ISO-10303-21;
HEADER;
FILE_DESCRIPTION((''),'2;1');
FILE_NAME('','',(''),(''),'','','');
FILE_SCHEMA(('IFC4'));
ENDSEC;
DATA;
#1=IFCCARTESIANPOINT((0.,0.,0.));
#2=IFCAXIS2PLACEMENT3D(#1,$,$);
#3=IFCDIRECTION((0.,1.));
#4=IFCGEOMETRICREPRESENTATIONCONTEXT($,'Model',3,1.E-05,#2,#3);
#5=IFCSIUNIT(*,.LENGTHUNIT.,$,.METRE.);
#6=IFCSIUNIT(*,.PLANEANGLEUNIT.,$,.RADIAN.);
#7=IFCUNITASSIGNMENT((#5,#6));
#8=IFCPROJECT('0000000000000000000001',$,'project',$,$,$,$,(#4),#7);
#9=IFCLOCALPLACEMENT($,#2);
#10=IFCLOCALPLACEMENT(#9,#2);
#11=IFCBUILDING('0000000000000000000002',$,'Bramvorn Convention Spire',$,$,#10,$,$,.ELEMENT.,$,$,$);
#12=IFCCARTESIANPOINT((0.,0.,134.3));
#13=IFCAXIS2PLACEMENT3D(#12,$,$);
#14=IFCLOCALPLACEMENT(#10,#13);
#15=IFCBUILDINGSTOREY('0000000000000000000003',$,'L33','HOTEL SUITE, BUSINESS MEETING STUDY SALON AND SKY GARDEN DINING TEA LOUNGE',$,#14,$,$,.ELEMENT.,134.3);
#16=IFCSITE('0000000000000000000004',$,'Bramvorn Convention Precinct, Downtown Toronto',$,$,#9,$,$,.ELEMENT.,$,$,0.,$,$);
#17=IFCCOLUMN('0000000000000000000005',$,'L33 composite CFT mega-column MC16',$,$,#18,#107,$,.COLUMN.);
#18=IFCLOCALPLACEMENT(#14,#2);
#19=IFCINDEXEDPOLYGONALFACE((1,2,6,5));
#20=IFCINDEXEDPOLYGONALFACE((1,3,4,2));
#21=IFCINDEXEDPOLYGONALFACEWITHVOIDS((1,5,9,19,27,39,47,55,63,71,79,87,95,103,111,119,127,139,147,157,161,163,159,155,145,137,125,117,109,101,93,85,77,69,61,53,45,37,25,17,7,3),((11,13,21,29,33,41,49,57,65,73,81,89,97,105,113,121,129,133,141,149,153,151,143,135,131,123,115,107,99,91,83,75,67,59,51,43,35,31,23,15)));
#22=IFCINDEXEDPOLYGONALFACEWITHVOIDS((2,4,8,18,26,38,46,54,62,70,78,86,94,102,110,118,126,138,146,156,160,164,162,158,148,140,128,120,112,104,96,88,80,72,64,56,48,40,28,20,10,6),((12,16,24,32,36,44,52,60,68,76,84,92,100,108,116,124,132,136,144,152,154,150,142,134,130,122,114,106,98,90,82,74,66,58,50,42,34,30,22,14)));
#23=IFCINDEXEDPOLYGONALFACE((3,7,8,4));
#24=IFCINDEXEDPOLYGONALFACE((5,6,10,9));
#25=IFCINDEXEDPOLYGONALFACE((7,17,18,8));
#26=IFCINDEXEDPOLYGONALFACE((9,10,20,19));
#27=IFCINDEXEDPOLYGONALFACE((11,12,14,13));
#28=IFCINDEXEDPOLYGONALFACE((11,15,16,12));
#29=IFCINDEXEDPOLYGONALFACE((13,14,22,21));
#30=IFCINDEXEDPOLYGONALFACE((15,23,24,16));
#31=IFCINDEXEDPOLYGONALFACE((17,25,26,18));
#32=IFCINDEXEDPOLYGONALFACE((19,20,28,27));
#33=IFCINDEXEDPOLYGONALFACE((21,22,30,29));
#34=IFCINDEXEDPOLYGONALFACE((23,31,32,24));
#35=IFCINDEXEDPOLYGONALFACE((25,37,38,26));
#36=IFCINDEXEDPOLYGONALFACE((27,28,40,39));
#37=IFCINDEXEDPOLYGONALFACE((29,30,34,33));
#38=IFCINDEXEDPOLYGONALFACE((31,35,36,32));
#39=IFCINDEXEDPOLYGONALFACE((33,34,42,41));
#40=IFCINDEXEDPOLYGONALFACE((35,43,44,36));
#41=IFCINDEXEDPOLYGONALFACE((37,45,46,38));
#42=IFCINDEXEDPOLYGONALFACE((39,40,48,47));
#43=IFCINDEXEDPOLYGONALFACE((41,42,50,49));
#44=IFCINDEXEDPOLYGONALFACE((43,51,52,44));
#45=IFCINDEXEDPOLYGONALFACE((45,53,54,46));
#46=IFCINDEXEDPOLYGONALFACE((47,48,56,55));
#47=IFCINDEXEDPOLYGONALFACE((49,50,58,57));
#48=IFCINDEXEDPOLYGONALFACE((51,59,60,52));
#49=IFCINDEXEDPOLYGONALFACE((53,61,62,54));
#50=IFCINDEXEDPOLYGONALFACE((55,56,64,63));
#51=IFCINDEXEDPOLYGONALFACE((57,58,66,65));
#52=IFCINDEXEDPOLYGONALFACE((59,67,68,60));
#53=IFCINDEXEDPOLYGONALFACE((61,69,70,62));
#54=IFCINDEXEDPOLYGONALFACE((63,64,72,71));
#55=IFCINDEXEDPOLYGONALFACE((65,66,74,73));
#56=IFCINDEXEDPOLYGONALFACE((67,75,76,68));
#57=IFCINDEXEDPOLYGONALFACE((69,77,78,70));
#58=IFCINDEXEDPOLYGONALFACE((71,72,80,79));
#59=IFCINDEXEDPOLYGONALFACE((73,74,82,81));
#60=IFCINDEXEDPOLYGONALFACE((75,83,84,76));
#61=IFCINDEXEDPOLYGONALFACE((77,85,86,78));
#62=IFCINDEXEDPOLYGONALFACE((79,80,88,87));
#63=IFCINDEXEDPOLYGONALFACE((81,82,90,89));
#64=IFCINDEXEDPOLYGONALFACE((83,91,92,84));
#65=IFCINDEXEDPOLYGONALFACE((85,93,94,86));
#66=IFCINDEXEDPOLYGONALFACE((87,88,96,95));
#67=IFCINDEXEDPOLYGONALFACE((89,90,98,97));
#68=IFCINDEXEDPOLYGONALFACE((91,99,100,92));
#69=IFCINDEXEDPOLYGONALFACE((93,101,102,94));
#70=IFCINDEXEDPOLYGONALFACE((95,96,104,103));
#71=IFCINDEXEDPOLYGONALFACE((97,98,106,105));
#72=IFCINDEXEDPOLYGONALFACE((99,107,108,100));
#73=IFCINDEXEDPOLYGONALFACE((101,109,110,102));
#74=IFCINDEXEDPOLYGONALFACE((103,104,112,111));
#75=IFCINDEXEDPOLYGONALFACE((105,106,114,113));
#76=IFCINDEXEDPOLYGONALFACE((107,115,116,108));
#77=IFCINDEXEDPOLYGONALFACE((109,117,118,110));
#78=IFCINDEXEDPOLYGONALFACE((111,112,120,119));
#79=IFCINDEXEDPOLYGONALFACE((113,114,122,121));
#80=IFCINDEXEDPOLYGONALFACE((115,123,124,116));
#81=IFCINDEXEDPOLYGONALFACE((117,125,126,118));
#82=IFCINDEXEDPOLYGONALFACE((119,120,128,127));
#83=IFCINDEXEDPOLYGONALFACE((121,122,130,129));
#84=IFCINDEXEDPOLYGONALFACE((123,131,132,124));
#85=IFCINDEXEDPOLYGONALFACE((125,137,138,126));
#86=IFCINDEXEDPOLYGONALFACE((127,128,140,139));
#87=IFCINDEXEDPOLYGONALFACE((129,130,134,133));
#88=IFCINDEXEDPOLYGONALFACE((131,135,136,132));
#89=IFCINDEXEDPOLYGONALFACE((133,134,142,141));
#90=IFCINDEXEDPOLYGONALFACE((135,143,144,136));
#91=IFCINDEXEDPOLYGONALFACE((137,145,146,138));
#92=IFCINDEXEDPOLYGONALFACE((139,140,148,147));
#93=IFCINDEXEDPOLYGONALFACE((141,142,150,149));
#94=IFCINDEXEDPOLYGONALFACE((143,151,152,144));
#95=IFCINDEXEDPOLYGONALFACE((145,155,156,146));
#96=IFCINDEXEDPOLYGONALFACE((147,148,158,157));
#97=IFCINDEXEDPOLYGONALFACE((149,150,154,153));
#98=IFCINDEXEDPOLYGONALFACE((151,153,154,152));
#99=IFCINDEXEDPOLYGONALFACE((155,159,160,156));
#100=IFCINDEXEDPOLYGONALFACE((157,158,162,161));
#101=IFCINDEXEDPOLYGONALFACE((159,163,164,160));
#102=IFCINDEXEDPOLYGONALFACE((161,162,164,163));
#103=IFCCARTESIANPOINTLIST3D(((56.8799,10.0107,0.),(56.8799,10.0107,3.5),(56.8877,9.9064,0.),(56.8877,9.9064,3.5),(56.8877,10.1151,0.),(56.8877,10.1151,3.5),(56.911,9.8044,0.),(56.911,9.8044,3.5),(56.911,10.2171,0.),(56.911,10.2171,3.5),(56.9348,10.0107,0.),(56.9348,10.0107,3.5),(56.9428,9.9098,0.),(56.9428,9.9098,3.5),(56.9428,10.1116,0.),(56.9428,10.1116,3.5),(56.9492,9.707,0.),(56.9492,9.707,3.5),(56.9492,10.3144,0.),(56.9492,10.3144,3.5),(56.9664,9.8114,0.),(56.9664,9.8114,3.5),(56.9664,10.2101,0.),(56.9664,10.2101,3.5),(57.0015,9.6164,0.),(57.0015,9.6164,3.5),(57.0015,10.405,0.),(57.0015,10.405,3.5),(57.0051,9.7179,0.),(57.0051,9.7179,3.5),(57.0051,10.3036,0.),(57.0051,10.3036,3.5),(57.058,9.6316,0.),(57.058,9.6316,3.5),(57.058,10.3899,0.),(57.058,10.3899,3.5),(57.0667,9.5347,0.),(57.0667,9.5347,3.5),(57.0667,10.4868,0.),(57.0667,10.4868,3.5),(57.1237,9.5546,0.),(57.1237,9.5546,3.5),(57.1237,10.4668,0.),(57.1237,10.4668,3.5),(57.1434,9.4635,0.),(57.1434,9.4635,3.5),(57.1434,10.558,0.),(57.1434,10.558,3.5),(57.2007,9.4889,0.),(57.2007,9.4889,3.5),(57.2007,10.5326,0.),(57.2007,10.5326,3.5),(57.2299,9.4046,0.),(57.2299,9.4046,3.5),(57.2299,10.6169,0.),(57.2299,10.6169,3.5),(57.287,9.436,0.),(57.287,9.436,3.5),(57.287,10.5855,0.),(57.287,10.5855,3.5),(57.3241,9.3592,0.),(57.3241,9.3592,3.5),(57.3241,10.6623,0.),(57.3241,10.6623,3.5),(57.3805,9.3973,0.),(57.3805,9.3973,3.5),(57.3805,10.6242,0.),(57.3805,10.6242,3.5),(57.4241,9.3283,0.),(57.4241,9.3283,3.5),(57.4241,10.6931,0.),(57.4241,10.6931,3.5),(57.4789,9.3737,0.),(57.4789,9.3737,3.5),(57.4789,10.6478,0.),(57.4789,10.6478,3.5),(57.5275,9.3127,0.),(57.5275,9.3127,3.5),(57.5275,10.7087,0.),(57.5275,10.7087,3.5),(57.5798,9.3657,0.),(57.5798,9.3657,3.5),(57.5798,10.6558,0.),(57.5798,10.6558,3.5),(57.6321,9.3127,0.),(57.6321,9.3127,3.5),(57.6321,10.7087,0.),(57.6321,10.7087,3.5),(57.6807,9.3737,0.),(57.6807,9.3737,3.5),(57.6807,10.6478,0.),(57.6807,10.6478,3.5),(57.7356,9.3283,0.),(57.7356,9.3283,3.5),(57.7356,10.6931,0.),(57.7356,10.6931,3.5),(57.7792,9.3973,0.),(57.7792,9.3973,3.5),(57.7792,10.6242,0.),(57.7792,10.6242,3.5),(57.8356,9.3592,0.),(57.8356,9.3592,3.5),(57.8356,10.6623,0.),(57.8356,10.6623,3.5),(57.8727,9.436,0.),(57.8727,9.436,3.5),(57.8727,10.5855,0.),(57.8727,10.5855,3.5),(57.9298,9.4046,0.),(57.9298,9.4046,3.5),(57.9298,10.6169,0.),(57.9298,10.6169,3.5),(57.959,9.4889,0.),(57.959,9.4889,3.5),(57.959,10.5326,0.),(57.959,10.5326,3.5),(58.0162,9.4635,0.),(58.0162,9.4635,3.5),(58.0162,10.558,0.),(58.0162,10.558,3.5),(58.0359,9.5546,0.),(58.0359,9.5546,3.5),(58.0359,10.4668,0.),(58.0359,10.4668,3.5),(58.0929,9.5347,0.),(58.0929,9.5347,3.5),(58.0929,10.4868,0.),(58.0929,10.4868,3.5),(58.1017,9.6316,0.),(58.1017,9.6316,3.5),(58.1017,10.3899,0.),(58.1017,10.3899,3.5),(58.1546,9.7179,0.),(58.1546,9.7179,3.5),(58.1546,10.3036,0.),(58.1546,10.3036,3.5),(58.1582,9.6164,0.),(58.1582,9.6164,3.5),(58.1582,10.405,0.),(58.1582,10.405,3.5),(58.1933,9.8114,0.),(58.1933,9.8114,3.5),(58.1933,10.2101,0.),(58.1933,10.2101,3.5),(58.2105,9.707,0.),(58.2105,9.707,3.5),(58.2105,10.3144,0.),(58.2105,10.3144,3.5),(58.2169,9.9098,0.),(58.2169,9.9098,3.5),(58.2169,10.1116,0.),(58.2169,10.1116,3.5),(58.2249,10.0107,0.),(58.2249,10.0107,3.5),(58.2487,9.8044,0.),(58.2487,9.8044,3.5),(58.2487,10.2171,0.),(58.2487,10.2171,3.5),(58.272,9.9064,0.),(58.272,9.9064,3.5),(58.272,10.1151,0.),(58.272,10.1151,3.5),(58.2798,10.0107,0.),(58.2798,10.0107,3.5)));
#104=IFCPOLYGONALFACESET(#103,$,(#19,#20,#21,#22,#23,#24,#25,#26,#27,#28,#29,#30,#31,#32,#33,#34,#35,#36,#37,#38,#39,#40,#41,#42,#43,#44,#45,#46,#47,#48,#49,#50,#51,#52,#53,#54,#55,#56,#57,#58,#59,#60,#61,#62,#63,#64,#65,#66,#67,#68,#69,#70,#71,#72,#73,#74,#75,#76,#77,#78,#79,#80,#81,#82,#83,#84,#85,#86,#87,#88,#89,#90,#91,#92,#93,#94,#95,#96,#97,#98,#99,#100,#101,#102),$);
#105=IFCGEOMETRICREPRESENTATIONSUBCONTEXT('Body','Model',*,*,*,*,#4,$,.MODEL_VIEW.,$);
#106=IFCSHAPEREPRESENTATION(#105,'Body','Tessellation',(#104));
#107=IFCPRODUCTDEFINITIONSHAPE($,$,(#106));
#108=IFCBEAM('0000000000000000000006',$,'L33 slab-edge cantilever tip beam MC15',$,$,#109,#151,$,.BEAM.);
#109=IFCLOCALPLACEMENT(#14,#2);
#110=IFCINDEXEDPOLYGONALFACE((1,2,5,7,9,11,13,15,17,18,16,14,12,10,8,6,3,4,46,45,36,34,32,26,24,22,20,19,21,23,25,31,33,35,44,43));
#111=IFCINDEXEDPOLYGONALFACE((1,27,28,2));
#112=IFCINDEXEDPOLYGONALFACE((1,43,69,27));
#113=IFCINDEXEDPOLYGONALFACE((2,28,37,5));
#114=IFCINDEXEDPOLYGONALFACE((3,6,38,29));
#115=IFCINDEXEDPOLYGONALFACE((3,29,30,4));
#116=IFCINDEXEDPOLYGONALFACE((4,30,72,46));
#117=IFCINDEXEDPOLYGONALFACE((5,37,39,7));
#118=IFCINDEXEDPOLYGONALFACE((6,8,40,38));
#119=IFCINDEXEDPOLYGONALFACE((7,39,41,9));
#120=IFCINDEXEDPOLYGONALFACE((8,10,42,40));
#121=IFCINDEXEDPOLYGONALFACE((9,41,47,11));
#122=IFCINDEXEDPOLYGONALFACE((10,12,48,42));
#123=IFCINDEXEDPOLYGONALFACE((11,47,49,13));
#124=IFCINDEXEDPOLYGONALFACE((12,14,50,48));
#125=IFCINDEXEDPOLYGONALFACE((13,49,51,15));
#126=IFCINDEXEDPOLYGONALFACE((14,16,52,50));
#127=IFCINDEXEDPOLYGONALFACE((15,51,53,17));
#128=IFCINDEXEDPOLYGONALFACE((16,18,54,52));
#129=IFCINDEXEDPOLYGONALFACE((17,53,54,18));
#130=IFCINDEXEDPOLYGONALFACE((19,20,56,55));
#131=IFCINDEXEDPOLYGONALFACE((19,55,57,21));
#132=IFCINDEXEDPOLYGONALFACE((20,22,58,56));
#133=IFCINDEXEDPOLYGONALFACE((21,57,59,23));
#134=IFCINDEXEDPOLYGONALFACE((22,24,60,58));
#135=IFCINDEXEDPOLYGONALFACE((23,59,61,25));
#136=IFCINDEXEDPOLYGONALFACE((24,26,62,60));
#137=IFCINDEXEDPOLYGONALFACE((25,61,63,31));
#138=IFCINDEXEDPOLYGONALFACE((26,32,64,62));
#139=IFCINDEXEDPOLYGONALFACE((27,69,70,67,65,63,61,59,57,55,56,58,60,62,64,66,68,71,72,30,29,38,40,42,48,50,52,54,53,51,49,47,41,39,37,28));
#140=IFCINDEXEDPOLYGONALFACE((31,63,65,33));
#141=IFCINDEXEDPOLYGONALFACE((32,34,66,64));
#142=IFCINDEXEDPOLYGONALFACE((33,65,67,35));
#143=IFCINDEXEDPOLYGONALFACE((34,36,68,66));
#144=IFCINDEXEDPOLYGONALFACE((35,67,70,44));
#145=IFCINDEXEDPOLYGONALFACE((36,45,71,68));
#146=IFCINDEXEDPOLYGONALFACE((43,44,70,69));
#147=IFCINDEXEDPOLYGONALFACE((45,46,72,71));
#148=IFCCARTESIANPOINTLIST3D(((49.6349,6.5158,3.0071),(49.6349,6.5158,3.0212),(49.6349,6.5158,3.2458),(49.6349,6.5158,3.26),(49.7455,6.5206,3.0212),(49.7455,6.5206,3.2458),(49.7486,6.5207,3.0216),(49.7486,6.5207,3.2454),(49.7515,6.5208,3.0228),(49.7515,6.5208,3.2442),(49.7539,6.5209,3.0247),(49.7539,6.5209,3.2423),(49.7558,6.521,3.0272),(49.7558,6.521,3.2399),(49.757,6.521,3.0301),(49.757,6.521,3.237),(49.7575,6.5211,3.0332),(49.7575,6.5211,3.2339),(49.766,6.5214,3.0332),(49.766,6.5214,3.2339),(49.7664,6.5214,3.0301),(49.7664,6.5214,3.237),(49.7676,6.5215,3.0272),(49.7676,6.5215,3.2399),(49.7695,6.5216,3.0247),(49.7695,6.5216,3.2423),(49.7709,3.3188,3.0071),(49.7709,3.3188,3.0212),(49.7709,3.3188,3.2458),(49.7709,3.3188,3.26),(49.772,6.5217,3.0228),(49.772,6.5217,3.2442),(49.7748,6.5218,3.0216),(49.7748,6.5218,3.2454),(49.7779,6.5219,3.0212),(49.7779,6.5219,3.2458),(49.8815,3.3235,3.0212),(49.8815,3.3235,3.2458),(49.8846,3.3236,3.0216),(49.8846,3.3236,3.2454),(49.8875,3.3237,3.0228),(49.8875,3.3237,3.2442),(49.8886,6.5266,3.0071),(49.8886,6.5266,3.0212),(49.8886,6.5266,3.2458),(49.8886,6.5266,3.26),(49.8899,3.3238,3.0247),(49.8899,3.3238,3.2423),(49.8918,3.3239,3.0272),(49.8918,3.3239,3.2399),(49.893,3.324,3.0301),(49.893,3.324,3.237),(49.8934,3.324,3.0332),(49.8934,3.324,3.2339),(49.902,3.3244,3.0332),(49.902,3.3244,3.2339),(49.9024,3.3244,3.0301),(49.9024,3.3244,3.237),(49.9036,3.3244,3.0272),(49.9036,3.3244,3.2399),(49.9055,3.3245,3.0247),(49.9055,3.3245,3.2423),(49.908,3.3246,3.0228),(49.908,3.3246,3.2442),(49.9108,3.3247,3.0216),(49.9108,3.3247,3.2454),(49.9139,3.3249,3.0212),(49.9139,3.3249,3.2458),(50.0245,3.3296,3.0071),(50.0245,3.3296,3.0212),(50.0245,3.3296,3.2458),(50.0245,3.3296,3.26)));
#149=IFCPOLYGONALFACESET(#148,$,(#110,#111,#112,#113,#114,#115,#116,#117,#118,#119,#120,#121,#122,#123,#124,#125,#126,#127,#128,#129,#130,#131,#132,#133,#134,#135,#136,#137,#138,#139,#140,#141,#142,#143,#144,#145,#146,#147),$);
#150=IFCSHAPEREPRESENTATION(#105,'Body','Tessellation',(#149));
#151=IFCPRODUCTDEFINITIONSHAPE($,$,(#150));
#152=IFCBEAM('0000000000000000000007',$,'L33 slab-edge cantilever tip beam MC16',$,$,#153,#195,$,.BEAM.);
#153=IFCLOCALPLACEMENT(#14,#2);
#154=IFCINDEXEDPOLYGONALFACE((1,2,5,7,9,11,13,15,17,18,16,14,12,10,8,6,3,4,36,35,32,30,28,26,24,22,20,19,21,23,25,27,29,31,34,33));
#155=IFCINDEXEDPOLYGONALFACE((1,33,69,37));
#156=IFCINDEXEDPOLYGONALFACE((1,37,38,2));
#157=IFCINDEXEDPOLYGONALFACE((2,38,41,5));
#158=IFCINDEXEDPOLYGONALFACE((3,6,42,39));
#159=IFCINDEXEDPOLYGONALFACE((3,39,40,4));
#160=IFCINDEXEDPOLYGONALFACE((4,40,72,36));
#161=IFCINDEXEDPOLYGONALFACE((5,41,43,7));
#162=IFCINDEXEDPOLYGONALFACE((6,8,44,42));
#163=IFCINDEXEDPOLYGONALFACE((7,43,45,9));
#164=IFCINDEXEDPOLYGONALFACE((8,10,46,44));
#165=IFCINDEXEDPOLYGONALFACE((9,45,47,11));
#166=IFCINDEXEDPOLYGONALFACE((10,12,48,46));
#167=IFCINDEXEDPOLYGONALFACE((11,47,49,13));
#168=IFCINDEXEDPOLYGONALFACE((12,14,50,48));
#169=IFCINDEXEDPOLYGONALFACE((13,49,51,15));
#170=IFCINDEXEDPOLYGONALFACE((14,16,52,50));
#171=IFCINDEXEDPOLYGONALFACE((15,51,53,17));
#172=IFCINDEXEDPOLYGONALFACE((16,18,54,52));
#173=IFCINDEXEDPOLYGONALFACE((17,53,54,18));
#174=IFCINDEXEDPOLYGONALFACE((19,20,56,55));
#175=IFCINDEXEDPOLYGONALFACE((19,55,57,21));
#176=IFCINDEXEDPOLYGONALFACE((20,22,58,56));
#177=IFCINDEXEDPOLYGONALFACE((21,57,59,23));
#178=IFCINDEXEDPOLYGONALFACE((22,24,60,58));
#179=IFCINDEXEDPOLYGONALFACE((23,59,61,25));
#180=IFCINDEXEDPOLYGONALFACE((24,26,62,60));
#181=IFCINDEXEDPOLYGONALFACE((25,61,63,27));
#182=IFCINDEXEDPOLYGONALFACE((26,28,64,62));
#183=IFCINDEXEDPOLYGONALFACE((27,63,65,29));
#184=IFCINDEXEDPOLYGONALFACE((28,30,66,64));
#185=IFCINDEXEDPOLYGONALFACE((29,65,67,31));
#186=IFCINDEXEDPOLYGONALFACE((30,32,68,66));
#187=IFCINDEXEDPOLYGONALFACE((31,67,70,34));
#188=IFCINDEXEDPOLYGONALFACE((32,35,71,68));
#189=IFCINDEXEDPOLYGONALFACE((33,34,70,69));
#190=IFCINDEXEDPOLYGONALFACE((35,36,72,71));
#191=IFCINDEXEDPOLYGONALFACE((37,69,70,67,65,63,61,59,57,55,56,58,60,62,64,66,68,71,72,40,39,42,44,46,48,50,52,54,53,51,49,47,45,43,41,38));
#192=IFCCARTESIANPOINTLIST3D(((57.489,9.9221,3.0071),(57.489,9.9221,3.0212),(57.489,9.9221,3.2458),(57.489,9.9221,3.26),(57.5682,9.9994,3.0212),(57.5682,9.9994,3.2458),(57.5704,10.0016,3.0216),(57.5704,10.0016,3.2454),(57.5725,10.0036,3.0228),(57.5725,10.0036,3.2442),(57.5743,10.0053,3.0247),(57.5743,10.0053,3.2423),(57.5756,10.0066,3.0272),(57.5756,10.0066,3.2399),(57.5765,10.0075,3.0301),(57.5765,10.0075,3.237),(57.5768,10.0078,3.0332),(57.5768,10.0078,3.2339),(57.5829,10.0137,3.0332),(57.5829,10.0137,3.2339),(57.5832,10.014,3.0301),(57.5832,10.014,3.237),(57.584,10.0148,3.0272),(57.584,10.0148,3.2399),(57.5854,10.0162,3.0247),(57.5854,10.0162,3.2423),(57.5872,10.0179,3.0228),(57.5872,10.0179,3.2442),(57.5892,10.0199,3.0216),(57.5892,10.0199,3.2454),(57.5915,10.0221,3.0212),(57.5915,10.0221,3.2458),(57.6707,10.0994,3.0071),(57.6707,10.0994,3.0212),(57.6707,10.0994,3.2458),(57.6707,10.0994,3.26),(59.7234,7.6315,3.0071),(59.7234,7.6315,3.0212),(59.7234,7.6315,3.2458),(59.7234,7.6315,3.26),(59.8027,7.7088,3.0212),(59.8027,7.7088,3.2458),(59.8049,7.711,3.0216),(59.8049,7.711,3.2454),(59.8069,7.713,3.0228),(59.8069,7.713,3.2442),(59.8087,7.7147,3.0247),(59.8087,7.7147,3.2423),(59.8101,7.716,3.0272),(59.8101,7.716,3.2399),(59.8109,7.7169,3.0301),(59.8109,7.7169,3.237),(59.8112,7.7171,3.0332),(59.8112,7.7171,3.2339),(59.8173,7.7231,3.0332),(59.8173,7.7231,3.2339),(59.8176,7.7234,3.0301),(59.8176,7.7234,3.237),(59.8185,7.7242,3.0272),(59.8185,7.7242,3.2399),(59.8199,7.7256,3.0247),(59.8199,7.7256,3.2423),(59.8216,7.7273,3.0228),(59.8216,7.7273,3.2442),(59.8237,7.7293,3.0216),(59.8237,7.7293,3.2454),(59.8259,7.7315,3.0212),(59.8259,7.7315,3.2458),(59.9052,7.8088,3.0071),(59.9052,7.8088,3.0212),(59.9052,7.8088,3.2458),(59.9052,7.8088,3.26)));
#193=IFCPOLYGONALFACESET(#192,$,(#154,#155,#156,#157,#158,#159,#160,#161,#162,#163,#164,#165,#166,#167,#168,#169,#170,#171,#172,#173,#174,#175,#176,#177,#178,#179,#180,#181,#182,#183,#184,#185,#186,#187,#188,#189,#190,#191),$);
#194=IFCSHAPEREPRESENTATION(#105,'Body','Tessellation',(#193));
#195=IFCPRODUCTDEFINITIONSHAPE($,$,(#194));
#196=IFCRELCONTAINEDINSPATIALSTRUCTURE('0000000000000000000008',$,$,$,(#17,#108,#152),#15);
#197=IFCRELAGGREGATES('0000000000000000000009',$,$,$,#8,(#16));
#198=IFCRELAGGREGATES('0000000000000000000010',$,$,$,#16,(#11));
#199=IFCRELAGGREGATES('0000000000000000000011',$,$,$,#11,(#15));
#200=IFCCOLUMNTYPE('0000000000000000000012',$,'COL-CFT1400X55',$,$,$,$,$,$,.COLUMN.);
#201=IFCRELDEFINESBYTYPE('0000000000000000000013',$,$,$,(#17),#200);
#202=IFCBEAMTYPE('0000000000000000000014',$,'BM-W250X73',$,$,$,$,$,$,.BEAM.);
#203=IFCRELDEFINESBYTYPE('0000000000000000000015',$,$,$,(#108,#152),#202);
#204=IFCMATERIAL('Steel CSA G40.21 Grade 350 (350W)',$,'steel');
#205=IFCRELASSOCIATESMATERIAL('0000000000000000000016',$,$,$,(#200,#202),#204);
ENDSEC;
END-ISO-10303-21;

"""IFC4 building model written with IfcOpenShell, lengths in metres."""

from ifc_helpers import new_model, si_unit, direction, frame, origin, origin_2d, place, context, subcontext, project, spatial, hollow_circle, i_section, extrude, material, material_profile, profile_set, type_object, element, save


model = new_model("IFC4")

# Units and contexts
model_context = context("Model", 3, precision=1e-05, world=origin(), true_north=direction((0.0, 1.0)))
body_context = subcontext(model_context, "Body", "Model", "MODEL_VIEW")
ifc_project = project(units=[si_unit("LENGTHUNIT", "METRE"), si_unit("PLANEANGLEUNIT", "RADIAN")], contexts=[model_context])

# Site, building, storey
site_placement = place(None, origin())
site = spatial("IfcSite", under=ifc_project, at=site_placement, Name="Bramvorn Convention Precinct, Downtown Toronto", CompositionType="ELEMENT", RefElevation=0.0)
building_placement = place(site_placement, origin())
building = spatial("IfcBuilding", under=site, at=building_placement, Name="Bramvorn Convention Spire", CompositionType="ELEMENT")
storey_placement = place(building_placement, frame((0.0, 0.0, 134.3)))
storey = spatial("IfcBuildingStorey", under=building, at=storey_placement, Name="L33", Description="HOTEL SUITE, BUSINESS MEETING STUDY SALON AND SKY GARDEN DINING TEA LOUNGE", CompositionType="ELEMENT", Elevation=134.3)

# Column
ifc_material_1 = material(Name="Steel CSA G40.21 Grade 350 (350W)", Category="steel")
ifc_material_profile_1 = material_profile(ifc_material_1, hollow_circle(Radius=0.7, WallThickness=0.0549, at=origin_2d()))
ifc_profile_set_1 = profile_set([ifc_material_profile_1], Name="Steel CSA G40.21 Grade 350 (350W) - CFT1400X55")
column_type = type_object("IfcColumnType", Name="COL-CFT1400X55", PredefinedType="COLUMN", material=ifc_profile_set_1)
for number, where, z_axis, x_axis, name in (
    (1, (57.5798, 10.0107, 0.0), (0.0, 0.0, 1.0), (1.0, 0.0, 0.0), "L33 composite CFT mega-column MC16"),
):
    element("IfcColumn", number, at=place(storey_placement, frame(where, z_axis=z_axis, x_axis=x_axis)), inside=storey, type_object=column_type, Name=name, PredefinedType="COLUMN", context=body_context, shape_type="SweptSolid", body=[
        extrude(hollow_circle(Radius=0.7, WallThickness=0.0549, at=origin_2d()), origin(), (0.0, 0.0, 1.0), 3.5),
    ])

# Beams
ifc_material_profile_2 = material_profile(ifc_material_1, i_section(OverallWidth=0.2539, OverallDepth=0.2529, WebThickness=0.0085, FlangeThickness=0.0142, FilletRadius=0.012, at=origin_2d()))
ifc_profile_set_2 = profile_set([ifc_material_profile_2], Name="Steel CSA G40.21 Grade 350 (350W) - W250X73")
beam_type_1 = type_object("IfcBeamType", Name="BM-W250X73", PredefinedType="BEAM", material=ifc_profile_set_2)
for number, where, z_axis, x_axis, name in (
    (2, (49.7617, 6.5212, 3.1335), (0.042497, -0.999097, 0.0), (0.999097, 0.042497, 0.0), "L33 slab-edge cantilever tip beam MC15"),
    (3, (57.5798, 10.0107, 3.1335), (0.698278, -0.715827, 0.0), (0.715827, 0.698278, 0.0), "L33 slab-edge cantilever tip beam MC16"),
):
    element("IfcBeam", number, at=place(storey_placement, frame(where, z_axis=z_axis, x_axis=x_axis)), inside=storey, type_object=beam_type_1, Name=name, PredefinedType="BEAM", context=body_context, shape_type="SweptSolid", body=[
        extrude(i_section(OverallWidth=0.2539, OverallDepth=0.2529, WebThickness=0.0085, FlangeThickness=0.0142, FilletRadius=0.012, at=origin_2d()), origin(), (0.0, 0.0, 1.0), 3.2),
    ])

save(model, "model.ifc")
